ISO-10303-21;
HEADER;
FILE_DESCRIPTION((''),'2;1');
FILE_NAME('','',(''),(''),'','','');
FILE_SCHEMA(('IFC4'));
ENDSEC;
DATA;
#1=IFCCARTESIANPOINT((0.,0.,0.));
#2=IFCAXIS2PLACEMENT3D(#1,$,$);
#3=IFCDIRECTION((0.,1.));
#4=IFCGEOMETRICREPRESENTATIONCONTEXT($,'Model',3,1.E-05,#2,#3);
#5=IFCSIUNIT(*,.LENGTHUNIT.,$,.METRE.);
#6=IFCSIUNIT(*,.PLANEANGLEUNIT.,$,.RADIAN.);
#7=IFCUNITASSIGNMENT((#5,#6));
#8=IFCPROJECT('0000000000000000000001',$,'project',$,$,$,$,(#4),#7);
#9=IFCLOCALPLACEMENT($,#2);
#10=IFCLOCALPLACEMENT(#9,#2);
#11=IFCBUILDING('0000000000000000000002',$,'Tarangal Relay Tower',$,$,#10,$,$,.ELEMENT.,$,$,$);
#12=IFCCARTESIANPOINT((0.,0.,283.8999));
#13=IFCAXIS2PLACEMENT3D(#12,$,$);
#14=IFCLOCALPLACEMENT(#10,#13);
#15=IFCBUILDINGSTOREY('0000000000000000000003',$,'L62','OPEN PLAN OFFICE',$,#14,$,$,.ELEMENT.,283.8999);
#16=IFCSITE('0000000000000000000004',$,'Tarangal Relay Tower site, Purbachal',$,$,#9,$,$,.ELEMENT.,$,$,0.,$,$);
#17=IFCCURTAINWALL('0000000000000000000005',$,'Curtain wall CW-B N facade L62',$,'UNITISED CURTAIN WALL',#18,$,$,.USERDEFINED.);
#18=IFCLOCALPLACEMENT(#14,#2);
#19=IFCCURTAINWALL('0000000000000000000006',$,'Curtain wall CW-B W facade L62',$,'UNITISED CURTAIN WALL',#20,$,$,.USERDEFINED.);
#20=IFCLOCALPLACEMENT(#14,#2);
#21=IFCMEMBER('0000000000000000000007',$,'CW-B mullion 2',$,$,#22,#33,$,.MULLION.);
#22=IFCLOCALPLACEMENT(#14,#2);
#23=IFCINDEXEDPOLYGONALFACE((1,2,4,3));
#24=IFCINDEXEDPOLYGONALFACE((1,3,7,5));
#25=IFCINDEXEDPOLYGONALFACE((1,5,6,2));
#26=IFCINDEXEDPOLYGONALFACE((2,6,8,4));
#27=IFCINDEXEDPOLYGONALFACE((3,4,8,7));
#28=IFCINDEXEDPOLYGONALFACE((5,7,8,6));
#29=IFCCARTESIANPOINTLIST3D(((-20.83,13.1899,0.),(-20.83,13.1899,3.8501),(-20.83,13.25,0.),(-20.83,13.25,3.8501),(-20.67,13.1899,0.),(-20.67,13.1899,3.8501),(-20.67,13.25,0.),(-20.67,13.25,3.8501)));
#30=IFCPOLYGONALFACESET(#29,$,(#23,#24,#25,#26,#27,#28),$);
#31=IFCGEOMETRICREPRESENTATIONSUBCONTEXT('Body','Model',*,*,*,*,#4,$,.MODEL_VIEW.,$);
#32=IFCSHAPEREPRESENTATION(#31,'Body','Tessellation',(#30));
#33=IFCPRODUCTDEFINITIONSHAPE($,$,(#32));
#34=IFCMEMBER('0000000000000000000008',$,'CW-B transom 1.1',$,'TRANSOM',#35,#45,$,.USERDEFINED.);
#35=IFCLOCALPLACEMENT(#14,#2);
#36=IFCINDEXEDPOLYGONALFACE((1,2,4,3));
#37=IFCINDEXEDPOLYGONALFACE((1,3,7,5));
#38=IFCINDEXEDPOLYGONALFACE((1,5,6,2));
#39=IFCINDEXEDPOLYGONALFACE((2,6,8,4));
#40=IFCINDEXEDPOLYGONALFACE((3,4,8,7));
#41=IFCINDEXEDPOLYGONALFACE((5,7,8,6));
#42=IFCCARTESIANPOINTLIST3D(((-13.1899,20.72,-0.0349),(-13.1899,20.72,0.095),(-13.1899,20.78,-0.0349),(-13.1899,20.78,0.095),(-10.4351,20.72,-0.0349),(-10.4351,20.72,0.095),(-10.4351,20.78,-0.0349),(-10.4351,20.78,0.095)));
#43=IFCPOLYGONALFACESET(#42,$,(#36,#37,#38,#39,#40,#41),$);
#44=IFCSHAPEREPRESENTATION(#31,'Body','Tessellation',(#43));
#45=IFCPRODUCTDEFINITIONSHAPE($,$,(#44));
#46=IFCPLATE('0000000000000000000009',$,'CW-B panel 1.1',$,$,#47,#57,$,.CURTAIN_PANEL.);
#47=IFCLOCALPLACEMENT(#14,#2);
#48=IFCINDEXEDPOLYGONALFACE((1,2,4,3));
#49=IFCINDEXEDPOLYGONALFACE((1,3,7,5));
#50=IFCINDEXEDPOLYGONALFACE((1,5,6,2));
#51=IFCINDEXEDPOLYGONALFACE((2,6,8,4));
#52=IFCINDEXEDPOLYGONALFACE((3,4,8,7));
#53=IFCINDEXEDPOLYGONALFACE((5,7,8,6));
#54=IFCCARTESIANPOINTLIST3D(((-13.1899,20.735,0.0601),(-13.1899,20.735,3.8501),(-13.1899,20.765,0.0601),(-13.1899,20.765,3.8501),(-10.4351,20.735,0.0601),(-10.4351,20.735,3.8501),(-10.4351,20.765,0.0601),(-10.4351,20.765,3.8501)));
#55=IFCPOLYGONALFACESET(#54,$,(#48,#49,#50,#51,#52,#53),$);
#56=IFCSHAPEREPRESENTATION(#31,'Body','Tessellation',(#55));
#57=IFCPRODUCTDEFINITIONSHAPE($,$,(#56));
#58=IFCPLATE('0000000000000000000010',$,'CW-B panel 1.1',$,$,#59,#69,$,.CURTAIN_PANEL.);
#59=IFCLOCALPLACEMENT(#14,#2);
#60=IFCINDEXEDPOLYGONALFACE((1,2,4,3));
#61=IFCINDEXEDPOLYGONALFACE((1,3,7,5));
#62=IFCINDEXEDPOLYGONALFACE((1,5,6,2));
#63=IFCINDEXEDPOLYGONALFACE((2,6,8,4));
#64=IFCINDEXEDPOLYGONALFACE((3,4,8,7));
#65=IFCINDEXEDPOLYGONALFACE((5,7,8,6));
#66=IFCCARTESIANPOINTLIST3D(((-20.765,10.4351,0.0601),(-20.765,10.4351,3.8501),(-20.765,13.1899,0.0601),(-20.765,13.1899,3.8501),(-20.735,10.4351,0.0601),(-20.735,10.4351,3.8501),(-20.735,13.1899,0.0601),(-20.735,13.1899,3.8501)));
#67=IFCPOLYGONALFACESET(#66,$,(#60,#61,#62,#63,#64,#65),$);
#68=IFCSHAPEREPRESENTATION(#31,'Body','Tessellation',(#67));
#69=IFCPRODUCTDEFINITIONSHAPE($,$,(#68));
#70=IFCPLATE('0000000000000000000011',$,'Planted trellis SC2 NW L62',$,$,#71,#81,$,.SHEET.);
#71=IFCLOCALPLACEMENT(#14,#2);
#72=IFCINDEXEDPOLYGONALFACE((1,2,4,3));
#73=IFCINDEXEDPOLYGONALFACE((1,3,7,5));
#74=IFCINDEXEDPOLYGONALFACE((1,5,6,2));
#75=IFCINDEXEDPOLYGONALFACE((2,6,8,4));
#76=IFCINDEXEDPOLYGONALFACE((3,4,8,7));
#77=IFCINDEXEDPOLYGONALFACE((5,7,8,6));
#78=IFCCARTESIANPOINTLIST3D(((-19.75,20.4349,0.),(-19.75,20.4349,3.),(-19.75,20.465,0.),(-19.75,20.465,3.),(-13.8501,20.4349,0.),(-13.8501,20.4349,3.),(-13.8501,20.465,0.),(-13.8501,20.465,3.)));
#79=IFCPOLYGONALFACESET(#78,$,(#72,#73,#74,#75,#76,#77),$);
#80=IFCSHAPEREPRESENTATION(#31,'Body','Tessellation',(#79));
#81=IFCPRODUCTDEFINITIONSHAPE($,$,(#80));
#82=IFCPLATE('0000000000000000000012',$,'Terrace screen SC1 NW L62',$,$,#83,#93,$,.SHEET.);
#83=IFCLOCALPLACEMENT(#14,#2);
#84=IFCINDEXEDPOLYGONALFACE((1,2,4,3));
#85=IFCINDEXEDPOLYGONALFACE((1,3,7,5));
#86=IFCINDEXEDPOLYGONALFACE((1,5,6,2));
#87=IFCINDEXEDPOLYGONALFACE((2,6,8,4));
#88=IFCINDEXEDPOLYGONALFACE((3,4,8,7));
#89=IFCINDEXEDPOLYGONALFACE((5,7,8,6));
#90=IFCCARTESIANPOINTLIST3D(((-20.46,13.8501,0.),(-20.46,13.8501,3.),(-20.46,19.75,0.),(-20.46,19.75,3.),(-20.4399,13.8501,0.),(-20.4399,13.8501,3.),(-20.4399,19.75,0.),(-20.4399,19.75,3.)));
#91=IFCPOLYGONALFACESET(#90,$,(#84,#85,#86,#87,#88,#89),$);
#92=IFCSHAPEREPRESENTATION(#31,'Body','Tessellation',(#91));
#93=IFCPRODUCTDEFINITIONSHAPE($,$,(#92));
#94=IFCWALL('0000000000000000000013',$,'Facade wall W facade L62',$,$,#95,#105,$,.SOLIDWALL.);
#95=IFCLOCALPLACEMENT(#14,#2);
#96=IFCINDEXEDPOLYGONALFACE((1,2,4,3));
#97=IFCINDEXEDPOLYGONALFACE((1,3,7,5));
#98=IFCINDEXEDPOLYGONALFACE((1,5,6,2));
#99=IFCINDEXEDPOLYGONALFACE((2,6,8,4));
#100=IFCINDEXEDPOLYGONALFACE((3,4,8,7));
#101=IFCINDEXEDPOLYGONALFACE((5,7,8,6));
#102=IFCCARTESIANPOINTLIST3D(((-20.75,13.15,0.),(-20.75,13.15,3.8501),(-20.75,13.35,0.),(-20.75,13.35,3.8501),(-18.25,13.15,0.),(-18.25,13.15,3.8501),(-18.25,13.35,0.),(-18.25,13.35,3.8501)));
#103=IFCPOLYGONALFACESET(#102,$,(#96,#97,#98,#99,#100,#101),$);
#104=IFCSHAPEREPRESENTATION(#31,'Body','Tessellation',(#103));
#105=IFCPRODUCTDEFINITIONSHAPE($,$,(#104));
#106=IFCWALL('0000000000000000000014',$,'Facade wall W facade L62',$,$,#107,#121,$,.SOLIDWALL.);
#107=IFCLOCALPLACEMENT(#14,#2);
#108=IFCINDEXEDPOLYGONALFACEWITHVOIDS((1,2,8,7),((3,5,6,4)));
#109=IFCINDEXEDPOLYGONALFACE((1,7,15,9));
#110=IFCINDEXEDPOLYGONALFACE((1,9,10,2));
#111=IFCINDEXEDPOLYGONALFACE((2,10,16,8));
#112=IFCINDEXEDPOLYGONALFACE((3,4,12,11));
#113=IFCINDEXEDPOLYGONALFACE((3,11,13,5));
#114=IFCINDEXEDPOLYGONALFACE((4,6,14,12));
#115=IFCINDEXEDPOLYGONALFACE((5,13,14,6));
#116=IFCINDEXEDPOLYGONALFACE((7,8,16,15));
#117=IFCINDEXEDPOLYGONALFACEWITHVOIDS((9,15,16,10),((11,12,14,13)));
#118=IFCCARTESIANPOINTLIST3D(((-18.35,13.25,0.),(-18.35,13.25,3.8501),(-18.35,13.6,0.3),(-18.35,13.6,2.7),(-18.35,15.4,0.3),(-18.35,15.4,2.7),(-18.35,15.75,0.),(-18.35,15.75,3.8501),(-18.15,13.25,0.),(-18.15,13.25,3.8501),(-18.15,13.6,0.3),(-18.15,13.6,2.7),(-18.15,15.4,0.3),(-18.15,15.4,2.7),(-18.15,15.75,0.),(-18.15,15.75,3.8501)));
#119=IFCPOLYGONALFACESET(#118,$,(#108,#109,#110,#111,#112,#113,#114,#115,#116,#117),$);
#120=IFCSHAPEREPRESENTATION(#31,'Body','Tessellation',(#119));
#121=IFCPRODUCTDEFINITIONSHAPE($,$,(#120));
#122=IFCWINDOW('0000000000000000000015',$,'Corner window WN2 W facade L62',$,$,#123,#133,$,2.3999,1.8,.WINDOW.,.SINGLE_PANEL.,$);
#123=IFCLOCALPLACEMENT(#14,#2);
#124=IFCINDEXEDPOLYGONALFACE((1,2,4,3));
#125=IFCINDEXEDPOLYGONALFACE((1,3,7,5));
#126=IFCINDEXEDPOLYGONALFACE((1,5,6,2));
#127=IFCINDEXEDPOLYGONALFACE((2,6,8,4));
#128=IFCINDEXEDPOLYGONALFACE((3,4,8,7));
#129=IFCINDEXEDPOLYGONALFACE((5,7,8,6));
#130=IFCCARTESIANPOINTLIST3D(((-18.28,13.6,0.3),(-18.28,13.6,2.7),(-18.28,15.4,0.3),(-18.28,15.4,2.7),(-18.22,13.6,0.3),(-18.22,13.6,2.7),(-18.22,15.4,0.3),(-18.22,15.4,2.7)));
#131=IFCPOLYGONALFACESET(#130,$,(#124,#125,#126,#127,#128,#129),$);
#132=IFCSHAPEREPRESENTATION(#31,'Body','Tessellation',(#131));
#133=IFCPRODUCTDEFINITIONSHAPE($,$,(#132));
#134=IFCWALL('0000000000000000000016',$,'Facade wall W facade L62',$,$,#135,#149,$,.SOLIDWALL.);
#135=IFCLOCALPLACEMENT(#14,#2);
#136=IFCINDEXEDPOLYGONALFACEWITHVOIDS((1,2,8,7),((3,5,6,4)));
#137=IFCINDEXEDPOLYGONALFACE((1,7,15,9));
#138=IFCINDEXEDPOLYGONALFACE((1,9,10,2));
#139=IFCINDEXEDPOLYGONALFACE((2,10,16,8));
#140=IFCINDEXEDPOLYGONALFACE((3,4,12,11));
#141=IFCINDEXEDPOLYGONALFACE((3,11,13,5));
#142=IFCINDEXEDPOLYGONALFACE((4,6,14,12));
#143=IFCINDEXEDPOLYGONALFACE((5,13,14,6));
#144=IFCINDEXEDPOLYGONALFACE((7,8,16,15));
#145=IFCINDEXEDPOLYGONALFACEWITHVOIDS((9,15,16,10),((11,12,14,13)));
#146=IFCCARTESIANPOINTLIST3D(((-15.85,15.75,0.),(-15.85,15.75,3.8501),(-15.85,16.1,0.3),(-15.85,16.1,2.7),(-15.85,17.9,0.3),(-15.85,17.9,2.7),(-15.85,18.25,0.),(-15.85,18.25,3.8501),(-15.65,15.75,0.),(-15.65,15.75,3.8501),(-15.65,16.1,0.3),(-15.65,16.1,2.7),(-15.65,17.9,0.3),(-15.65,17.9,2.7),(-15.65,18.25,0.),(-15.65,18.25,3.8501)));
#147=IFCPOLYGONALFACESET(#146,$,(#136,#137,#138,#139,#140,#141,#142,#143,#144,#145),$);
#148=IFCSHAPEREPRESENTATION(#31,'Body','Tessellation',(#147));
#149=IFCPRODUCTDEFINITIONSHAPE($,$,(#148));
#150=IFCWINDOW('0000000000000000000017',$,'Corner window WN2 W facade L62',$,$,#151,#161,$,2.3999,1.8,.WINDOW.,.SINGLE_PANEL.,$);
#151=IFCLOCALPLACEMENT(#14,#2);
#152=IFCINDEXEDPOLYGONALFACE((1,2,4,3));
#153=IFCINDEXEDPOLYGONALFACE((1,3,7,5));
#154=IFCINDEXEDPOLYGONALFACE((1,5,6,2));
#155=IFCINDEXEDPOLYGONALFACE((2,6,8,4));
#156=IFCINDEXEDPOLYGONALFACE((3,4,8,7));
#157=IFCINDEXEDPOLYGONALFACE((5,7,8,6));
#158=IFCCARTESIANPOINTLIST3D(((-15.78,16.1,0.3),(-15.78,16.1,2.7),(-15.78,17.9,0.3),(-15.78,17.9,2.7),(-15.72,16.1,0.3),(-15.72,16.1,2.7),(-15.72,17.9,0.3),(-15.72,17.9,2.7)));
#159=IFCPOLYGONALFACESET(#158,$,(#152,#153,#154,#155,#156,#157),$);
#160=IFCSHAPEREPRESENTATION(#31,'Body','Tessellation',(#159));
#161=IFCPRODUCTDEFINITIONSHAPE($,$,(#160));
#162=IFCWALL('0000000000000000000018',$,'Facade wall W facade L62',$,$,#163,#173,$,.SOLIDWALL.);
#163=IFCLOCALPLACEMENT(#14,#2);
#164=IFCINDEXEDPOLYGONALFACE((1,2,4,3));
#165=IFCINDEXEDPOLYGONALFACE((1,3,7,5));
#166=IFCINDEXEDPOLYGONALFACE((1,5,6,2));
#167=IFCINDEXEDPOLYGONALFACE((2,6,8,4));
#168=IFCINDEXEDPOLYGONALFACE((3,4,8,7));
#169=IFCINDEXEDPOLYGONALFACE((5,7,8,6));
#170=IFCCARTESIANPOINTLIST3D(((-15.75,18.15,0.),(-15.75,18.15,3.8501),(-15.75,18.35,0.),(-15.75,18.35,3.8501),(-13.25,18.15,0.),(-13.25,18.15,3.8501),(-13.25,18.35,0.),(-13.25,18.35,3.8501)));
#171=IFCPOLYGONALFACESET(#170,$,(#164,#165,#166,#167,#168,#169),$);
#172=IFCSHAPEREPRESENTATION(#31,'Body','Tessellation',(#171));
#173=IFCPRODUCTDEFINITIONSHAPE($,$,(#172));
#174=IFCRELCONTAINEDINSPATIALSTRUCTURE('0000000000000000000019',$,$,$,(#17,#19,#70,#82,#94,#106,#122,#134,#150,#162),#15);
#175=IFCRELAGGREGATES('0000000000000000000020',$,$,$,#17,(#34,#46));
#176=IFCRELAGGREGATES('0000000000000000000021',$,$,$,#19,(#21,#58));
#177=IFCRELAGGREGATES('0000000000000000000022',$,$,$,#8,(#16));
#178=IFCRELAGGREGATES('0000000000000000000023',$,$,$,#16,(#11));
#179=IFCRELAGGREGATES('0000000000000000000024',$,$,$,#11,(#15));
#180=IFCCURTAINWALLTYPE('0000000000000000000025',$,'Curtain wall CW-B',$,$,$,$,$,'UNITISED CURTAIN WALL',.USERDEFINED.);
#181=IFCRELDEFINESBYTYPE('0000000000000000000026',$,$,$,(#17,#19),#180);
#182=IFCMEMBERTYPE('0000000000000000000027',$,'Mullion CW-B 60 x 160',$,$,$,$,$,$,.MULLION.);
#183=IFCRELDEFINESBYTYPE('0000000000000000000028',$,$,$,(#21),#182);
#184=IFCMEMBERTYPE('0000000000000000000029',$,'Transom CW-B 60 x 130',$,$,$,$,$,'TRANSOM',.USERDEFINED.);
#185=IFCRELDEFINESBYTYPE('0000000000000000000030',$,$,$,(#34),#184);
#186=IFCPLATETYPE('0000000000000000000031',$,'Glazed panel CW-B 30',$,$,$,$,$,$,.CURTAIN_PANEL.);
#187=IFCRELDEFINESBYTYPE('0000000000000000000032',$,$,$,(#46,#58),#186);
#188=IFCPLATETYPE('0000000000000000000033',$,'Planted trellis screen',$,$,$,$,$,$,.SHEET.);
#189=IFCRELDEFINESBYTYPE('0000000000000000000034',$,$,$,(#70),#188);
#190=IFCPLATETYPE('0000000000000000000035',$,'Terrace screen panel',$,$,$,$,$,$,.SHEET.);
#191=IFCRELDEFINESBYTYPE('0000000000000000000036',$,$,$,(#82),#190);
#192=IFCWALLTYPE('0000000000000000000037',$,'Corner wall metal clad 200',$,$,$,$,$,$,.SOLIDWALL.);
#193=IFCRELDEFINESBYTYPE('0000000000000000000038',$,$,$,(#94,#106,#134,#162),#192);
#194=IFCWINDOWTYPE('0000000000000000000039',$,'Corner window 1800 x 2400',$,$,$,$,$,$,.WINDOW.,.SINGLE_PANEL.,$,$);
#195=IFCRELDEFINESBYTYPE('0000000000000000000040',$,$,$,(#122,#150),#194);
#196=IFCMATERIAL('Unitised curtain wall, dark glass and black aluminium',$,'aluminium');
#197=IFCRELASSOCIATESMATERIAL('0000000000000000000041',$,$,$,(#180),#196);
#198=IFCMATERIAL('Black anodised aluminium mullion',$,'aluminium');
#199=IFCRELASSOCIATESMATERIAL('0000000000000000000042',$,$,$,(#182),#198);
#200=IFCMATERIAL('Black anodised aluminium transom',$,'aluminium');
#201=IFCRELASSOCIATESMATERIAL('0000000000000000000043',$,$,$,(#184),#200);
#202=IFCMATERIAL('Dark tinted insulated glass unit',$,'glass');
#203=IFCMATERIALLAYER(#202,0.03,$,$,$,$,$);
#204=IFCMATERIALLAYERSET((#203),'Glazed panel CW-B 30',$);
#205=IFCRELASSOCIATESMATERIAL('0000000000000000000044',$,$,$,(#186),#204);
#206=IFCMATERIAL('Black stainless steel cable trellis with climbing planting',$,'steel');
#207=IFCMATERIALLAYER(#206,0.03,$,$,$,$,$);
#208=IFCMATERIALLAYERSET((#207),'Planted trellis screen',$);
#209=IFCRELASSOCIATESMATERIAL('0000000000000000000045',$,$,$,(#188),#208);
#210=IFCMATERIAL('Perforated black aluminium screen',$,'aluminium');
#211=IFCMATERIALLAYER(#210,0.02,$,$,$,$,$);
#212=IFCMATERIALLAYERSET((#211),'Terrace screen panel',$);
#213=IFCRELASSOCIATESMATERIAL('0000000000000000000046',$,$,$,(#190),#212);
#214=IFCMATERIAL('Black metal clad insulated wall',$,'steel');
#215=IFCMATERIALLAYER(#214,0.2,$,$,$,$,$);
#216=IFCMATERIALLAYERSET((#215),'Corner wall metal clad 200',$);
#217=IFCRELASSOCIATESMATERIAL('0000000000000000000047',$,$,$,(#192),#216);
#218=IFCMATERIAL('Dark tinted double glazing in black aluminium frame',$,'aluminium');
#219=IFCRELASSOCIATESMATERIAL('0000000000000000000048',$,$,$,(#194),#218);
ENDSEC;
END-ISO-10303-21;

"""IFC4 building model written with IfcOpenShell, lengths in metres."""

from ifc_helpers import new_model, si_unit, direction, frame, frame_2d, origin, origin_2d, place, context, subcontext, project, spatial, rectangle, extrude, material, layer, layer_set, material_profile, profile_set, type_object, element, fill, aggregate, save


model = new_model("IFC4")

# Units and contexts
model_context = context("Model", 3, precision=1e-05, world=origin(), true_north=direction((0.0, 1.0)))
body_context = subcontext(model_context, "Body", "Model", "MODEL_VIEW")
ifc_project = project(units=[si_unit("LENGTHUNIT", "METRE"), si_unit("PLANEANGLEUNIT", "RADIAN")], contexts=[model_context])

# Site, building, storey
site_placement = place(None, origin())
site = spatial("IfcSite", under=ifc_project, at=site_placement, Name="Tarangal Relay Tower site, Purbachal", CompositionType="ELEMENT", RefElevation=0.0)
building_placement = place(site_placement, origin())
building = spatial("IfcBuilding", under=site, at=building_placement, Name="Tarangal Relay Tower", CompositionType="ELEMENT")
storey_placement = place(building_placement, frame((0.0, 0.0, 283.8999)))
storey = spatial("IfcBuildingStorey", under=building, at=storey_placement, Name="L62", Description="OPEN PLAN OFFICE", CompositionType="ELEMENT", Elevation=283.8999)

# Curtain wall
ifc_material_1 = material(Name="Unitised curtain wall, dark glass and black aluminium", Category="aluminium")
curtain_wall_type = type_object("IfcCurtainWallType", Name="Curtain wall CW-B", ElementType="UNITISED CURTAIN WALL", PredefinedType="USERDEFINED", material=ifc_material_1)
curtain_wall_1_placement = place(storey_placement, origin())
curtain_wall_1 = element("IfcCurtainWall", 1, at=curtain_wall_1_placement, inside=storey, type_object=curtain_wall_type, Name="Curtain wall CW-B N facade L62", ObjectType="UNITISED CURTAIN WALL", PredefinedType="USERDEFINED")
ifc_material_2 = material(Name="Black anodised aluminium mullion", Category="aluminium")
ifc_material_profile_1 = material_profile(ifc_material_2, rectangle(XDim=0.1599, YDim=0.0601, at=origin_2d()), Name="CW-BM 60X160")
ifc_profile_set_1 = profile_set([ifc_material_profile_1], Name="Black anodised aluminium mullion")
member_type_1 = type_object("IfcMemberType", Name="Mullion CW-B 60 x 160", PredefinedType="MULLION", material=ifc_profile_set_1)

# Curtain wall, member
curtain_wall_2_placement = place(storey_placement, origin())
curtain_wall_2 = element("IfcCurtainWall", 2, at=curtain_wall_2_placement, inside=storey, type_object=curtain_wall_type, Name="Curtain wall CW-B W facade L62", ObjectType="UNITISED CURTAIN WALL", PredefinedType="USERDEFINED")
member_1_placement = place(storey_placement, frame((-20.75, 13.22, 0.0), z_axis=(0.0, 0.0, 1.0), x_axis=(-1.0, 0.0, 0.0)))
member_1 = element("IfcMember", 3, at=member_1_placement, type_object=member_type_1, Name="CW-B mullion 2", PredefinedType="MULLION", context=body_context, shape_type="SweptSolid", body=[
    extrude(rectangle(XDim=0.1599, YDim=0.0601, at=origin_2d()), origin(), (0.0, 0.0, 1.0), 3.8501),
])

# Member
ifc_material_3 = material(Name="Black anodised aluminium transom", Category="aluminium")
ifc_material_profile_2 = material_profile(ifc_material_3, rectangle(XDim=0.0601, YDim=0.1299, at=origin_2d()), Name="CW-BT 60X130")
ifc_profile_set_2 = profile_set([ifc_material_profile_2], Name="Black anodised aluminium transom")
member_type_2 = type_object("IfcMemberType", Name="Transom CW-B 60 x 130", ElementType="TRANSOM", PredefinedType="USERDEFINED", material=ifc_profile_set_2)
member_2_placement = place(storey_placement, frame((-13.1899, 20.75, 0.03), z_axis=(1.0, 0.0, 0.0), x_axis=(0.0, 1.0, 0.0)))
member_2 = element("IfcMember", 4, at=member_2_placement, type_object=member_type_2, Name="CW-B transom 1.1", ObjectType="TRANSOM", PredefinedType="USERDEFINED", context=body_context, shape_type="SweptSolid", body=[
    extrude(rectangle(XDim=0.0601, YDim=0.1299, at=origin_2d()), origin(), (0.0, 0.0, 1.0), 2.7549),
])

# Plates
ifc_material_4 = material(Name="Dark tinted insulated glass unit", Category="glass")
ifc_layer_1 = layer(ifc_material_4, 0.03)
ifc_layer_set_1 = layer_set([ifc_layer_1], Name="Glazed panel CW-B 30")
plate_type_1 = type_object("IfcPlateType", Name="Glazed panel CW-B 30", PredefinedType="CURTAIN_PANEL", material=ifc_layer_set_1)
plate_1_placement = place(storey_placement, frame((-11.8125, 20.75, 0.0601), z_axis=(0.0, 0.0, 1.0), x_axis=(1.0, 0.0, 0.0)))
plate_1 = element("IfcPlate", 5, at=plate_1_placement, type_object=plate_type_1, Name="CW-B panel 1.1", PredefinedType="CURTAIN_PANEL", context=body_context, shape_type="SweptSolid", body=[
    extrude(rectangle(XDim=2.7549, YDim=0.03, at=origin_2d()), origin(), (0.0, 0.0, 1.0), 3.79),
])
aggregate(curtain_wall_1, [member_2, plate_1])
plate_2_placement = place(storey_placement, frame((-20.75, 11.8125, 0.0601), z_axis=(0.0, 0.0, 1.0), x_axis=(0.0, 1.0, 0.0)))
plate_2 = element("IfcPlate", 6, at=plate_2_placement, type_object=plate_type_1, Name="CW-B panel 1.1", PredefinedType="CURTAIN_PANEL", context=body_context, shape_type="SweptSolid", body=[
    extrude(rectangle(XDim=2.7549, YDim=0.03, at=origin_2d()), origin(), (0.0, 0.0, 1.0), 3.79),
])
aggregate(curtain_wall_2, [member_1, plate_2])

# Plates
ifc_material_5 = material(Name="Black stainless steel cable trellis with climbing planting", Category="steel")
ifc_layer_2 = layer(ifc_material_5, 0.03)
ifc_layer_set_2 = layer_set([ifc_layer_2], Name="Planted trellis screen")
plate_type_2 = type_object("IfcPlateType", Name="Planted trellis screen", PredefinedType="SHEET", material=ifc_layer_set_2)
plate_3_placement = place(storey_placement, frame((-16.8, 20.45, 0.0), z_axis=(0.0, 0.0, 1.0), x_axis=(1.0, 0.0, 0.0)))
element("IfcPlate", 7, at=plate_3_placement, inside=storey, type_object=plate_type_2, Name="Planted trellis SC2 NW L62", PredefinedType="SHEET", context=body_context, shape_type="SweptSolid", body=[
    extrude(rectangle(XDim=5.8999, YDim=0.03, at=origin_2d()), origin(), (0.0, 0.0, 1.0), 3.0),
])
ifc_material_6 = material(Name="Perforated black aluminium screen", Category="aluminium")
ifc_layer_3 = layer(ifc_material_6, 0.02)
ifc_layer_set_3 = layer_set([ifc_layer_3], Name="Terrace screen panel")
plate_type_3 = type_object("IfcPlateType", Name="Terrace screen panel", PredefinedType="SHEET", material=ifc_layer_set_3)
plate_4_placement = place(storey_placement, frame((-20.45, 16.8, 0.0), z_axis=(0.0, 0.0, 1.0), x_axis=(0.0, 1.0, 0.0)))
element("IfcPlate", 8, at=plate_4_placement, inside=storey, type_object=plate_type_3, Name="Terrace screen SC1 NW L62", PredefinedType="SHEET", context=body_context, shape_type="SweptSolid", body=[
    extrude(rectangle(XDim=5.8999, YDim=0.02, at=origin_2d()), origin(), (0.0, 0.0, 1.0), 3.0),
])

# Wall
ifc_material_7 = material(Name="Black metal clad insulated wall", Category="steel")
ifc_layer_4 = layer(ifc_material_7, 0.2)
ifc_layer_set_4 = layer_set([ifc_layer_4], Name="Corner wall metal clad 200")
wall_type_1 = type_object("IfcWallType", Name="Corner wall metal clad 200", PredefinedType="SOLIDWALL", material=ifc_layer_set_4)
wall_1_placement = place(storey_placement, frame((-20.75, 13.25, 0.0), z_axis=(0.0, 0.0, 1.0), x_axis=(1.0, 0.0, 0.0)))
element("IfcWall", 9, at=wall_1_placement, inside=storey, type_object=wall_type_1, Name="Facade wall W facade L62", PredefinedType="SOLIDWALL", context=body_context, shape_type="SweptSolid", body=[
    extrude(rectangle(XDim=2.5, YDim=0.2, at=frame_2d((1.25, 0.0))), origin(), (0.0, 0.0, 1.0), 3.8501),
])

# Wall, opening, window
wall_2_placement = place(storey_placement, frame((-18.25, 13.25, 0.0), z_axis=(0.0, 0.0, 1.0), x_axis=(0.0, 1.0, 0.0)))
wall_2 = element("IfcWall", 10, at=wall_2_placement, inside=storey, type_object=wall_type_1, Name="Facade wall W facade L62", PredefinedType="SOLIDWALL", context=body_context, shape_type="SweptSolid", body=[
    extrude(rectangle(XDim=2.5, YDim=0.2, at=frame_2d((1.25, 0.0))), origin(), (0.0, 0.0, 1.0), 3.8501),
])
opening_1_placement = place(wall_2_placement, frame((0.3501, 0.0, 0.3)))
opening_1 = element("IfcOpeningElement", 11, at=opening_1_placement, cuts=wall_2, PredefinedType="OPENING", context=body_context, shape_type="SweptSolid", body=[
    extrude(rectangle(XDim=1.8, YDim=2.3999, at=frame_2d((0.8999, 1.2))), frame((0.0, 0.1099, 0.0), z_axis=(0.0, -1.0, 0.0), x_axis=(1.0, 0.0, 0.0)), (0.0, 0.0, 1.0), 0.22),
])
ifc_material_8 = material(Name="Dark tinted double glazing in black aluminium frame", Category="aluminium")
window_type = type_object("IfcWindowType", Name="Corner window 1800 x 2400", PartitioningType="SINGLE_PANEL", PredefinedType="WINDOW", material=ifc_material_8)
window_1_placement = place(opening_1_placement, origin())
window_1 = element("IfcWindow", 12, at=window_1_placement, inside=storey, type_object=window_type, Name="Corner window WN2 W facade L62", OverallHeight=2.3999, OverallWidth=1.8, PartitioningType="SINGLE_PANEL", PredefinedType="WINDOW", context=body_context, shape_type="SweptSolid", body=[
    extrude(rectangle(XDim=1.8, YDim=2.3999, at=frame_2d((0.8999, 1.2))), frame((0.0, 0.03, 0.0), z_axis=(0.0, -1.0, 0.0), x_axis=(1.0, 0.0, 0.0)), (0.0, 0.0, 1.0), 0.0601),
])
fill(opening_1, window_1)

# Wall, opening, window
wall_3_placement = place(storey_placement, frame((-15.75, 15.75, 0.0), z_axis=(0.0, 0.0, 1.0), x_axis=(0.0, 1.0, 0.0)))
wall_3 = element("IfcWall", 13, at=wall_3_placement, inside=storey, type_object=wall_type_1, Name="Facade wall W facade L62", PredefinedType="SOLIDWALL", context=body_context, shape_type="SweptSolid", body=[
    extrude(rectangle(XDim=2.5, YDim=0.2, at=frame_2d((1.25, 0.0))), origin(), (0.0, 0.0, 1.0), 3.8501),
])
opening_2_placement = place(wall_3_placement, frame((0.3501, 0.0, 0.3)))
opening_2 = element("IfcOpeningElement", 14, at=opening_2_placement, cuts=wall_3, PredefinedType="OPENING", context=body_context, shape_type="SweptSolid", body=[
    extrude(rectangle(XDim=1.8, YDim=2.3999, at=frame_2d((0.8999, 1.2))), frame((0.0, 0.1099, 0.0), z_axis=(0.0, -1.0, 0.0), x_axis=(1.0, 0.0, 0.0)), (0.0, 0.0, 1.0), 0.22),
])
window_2_placement = place(opening_2_placement, origin())
window_2 = element("IfcWindow", 15, at=window_2_placement, inside=storey, type_object=window_type, Name="Corner window WN2 W facade L62", OverallHeight=2.3999, OverallWidth=1.8, PartitioningType="SINGLE_PANEL", PredefinedType="WINDOW", context=body_context, shape_type="SweptSolid", body=[
    extrude(rectangle(XDim=1.8, YDim=2.3999, at=frame_2d((0.8999, 1.2))), frame((0.0, 0.03, 0.0), z_axis=(0.0, -1.0, 0.0), x_axis=(1.0, 0.0, 0.0)), (0.0, 0.0, 1.0), 0.0601),
])
fill(opening_2, window_2)

# Wall
wall_4_placement = place(storey_placement, frame((-15.75, 18.25, 0.0), z_axis=(0.0, 0.0, 1.0), x_axis=(1.0, 0.0, 0.0)))
element("IfcWall", 16, at=wall_4_placement, inside=storey, type_object=wall_type_1, Name="Facade wall W facade L62", PredefinedType="SOLIDWALL", context=body_context, shape_type="SweptSolid", body=[
    extrude(rectangle(XDim=2.5, YDim=0.2, at=frame_2d((1.25, 0.0))), origin(), (0.0, 0.0, 1.0), 3.8501),
])

save(model, "model.ifc")
